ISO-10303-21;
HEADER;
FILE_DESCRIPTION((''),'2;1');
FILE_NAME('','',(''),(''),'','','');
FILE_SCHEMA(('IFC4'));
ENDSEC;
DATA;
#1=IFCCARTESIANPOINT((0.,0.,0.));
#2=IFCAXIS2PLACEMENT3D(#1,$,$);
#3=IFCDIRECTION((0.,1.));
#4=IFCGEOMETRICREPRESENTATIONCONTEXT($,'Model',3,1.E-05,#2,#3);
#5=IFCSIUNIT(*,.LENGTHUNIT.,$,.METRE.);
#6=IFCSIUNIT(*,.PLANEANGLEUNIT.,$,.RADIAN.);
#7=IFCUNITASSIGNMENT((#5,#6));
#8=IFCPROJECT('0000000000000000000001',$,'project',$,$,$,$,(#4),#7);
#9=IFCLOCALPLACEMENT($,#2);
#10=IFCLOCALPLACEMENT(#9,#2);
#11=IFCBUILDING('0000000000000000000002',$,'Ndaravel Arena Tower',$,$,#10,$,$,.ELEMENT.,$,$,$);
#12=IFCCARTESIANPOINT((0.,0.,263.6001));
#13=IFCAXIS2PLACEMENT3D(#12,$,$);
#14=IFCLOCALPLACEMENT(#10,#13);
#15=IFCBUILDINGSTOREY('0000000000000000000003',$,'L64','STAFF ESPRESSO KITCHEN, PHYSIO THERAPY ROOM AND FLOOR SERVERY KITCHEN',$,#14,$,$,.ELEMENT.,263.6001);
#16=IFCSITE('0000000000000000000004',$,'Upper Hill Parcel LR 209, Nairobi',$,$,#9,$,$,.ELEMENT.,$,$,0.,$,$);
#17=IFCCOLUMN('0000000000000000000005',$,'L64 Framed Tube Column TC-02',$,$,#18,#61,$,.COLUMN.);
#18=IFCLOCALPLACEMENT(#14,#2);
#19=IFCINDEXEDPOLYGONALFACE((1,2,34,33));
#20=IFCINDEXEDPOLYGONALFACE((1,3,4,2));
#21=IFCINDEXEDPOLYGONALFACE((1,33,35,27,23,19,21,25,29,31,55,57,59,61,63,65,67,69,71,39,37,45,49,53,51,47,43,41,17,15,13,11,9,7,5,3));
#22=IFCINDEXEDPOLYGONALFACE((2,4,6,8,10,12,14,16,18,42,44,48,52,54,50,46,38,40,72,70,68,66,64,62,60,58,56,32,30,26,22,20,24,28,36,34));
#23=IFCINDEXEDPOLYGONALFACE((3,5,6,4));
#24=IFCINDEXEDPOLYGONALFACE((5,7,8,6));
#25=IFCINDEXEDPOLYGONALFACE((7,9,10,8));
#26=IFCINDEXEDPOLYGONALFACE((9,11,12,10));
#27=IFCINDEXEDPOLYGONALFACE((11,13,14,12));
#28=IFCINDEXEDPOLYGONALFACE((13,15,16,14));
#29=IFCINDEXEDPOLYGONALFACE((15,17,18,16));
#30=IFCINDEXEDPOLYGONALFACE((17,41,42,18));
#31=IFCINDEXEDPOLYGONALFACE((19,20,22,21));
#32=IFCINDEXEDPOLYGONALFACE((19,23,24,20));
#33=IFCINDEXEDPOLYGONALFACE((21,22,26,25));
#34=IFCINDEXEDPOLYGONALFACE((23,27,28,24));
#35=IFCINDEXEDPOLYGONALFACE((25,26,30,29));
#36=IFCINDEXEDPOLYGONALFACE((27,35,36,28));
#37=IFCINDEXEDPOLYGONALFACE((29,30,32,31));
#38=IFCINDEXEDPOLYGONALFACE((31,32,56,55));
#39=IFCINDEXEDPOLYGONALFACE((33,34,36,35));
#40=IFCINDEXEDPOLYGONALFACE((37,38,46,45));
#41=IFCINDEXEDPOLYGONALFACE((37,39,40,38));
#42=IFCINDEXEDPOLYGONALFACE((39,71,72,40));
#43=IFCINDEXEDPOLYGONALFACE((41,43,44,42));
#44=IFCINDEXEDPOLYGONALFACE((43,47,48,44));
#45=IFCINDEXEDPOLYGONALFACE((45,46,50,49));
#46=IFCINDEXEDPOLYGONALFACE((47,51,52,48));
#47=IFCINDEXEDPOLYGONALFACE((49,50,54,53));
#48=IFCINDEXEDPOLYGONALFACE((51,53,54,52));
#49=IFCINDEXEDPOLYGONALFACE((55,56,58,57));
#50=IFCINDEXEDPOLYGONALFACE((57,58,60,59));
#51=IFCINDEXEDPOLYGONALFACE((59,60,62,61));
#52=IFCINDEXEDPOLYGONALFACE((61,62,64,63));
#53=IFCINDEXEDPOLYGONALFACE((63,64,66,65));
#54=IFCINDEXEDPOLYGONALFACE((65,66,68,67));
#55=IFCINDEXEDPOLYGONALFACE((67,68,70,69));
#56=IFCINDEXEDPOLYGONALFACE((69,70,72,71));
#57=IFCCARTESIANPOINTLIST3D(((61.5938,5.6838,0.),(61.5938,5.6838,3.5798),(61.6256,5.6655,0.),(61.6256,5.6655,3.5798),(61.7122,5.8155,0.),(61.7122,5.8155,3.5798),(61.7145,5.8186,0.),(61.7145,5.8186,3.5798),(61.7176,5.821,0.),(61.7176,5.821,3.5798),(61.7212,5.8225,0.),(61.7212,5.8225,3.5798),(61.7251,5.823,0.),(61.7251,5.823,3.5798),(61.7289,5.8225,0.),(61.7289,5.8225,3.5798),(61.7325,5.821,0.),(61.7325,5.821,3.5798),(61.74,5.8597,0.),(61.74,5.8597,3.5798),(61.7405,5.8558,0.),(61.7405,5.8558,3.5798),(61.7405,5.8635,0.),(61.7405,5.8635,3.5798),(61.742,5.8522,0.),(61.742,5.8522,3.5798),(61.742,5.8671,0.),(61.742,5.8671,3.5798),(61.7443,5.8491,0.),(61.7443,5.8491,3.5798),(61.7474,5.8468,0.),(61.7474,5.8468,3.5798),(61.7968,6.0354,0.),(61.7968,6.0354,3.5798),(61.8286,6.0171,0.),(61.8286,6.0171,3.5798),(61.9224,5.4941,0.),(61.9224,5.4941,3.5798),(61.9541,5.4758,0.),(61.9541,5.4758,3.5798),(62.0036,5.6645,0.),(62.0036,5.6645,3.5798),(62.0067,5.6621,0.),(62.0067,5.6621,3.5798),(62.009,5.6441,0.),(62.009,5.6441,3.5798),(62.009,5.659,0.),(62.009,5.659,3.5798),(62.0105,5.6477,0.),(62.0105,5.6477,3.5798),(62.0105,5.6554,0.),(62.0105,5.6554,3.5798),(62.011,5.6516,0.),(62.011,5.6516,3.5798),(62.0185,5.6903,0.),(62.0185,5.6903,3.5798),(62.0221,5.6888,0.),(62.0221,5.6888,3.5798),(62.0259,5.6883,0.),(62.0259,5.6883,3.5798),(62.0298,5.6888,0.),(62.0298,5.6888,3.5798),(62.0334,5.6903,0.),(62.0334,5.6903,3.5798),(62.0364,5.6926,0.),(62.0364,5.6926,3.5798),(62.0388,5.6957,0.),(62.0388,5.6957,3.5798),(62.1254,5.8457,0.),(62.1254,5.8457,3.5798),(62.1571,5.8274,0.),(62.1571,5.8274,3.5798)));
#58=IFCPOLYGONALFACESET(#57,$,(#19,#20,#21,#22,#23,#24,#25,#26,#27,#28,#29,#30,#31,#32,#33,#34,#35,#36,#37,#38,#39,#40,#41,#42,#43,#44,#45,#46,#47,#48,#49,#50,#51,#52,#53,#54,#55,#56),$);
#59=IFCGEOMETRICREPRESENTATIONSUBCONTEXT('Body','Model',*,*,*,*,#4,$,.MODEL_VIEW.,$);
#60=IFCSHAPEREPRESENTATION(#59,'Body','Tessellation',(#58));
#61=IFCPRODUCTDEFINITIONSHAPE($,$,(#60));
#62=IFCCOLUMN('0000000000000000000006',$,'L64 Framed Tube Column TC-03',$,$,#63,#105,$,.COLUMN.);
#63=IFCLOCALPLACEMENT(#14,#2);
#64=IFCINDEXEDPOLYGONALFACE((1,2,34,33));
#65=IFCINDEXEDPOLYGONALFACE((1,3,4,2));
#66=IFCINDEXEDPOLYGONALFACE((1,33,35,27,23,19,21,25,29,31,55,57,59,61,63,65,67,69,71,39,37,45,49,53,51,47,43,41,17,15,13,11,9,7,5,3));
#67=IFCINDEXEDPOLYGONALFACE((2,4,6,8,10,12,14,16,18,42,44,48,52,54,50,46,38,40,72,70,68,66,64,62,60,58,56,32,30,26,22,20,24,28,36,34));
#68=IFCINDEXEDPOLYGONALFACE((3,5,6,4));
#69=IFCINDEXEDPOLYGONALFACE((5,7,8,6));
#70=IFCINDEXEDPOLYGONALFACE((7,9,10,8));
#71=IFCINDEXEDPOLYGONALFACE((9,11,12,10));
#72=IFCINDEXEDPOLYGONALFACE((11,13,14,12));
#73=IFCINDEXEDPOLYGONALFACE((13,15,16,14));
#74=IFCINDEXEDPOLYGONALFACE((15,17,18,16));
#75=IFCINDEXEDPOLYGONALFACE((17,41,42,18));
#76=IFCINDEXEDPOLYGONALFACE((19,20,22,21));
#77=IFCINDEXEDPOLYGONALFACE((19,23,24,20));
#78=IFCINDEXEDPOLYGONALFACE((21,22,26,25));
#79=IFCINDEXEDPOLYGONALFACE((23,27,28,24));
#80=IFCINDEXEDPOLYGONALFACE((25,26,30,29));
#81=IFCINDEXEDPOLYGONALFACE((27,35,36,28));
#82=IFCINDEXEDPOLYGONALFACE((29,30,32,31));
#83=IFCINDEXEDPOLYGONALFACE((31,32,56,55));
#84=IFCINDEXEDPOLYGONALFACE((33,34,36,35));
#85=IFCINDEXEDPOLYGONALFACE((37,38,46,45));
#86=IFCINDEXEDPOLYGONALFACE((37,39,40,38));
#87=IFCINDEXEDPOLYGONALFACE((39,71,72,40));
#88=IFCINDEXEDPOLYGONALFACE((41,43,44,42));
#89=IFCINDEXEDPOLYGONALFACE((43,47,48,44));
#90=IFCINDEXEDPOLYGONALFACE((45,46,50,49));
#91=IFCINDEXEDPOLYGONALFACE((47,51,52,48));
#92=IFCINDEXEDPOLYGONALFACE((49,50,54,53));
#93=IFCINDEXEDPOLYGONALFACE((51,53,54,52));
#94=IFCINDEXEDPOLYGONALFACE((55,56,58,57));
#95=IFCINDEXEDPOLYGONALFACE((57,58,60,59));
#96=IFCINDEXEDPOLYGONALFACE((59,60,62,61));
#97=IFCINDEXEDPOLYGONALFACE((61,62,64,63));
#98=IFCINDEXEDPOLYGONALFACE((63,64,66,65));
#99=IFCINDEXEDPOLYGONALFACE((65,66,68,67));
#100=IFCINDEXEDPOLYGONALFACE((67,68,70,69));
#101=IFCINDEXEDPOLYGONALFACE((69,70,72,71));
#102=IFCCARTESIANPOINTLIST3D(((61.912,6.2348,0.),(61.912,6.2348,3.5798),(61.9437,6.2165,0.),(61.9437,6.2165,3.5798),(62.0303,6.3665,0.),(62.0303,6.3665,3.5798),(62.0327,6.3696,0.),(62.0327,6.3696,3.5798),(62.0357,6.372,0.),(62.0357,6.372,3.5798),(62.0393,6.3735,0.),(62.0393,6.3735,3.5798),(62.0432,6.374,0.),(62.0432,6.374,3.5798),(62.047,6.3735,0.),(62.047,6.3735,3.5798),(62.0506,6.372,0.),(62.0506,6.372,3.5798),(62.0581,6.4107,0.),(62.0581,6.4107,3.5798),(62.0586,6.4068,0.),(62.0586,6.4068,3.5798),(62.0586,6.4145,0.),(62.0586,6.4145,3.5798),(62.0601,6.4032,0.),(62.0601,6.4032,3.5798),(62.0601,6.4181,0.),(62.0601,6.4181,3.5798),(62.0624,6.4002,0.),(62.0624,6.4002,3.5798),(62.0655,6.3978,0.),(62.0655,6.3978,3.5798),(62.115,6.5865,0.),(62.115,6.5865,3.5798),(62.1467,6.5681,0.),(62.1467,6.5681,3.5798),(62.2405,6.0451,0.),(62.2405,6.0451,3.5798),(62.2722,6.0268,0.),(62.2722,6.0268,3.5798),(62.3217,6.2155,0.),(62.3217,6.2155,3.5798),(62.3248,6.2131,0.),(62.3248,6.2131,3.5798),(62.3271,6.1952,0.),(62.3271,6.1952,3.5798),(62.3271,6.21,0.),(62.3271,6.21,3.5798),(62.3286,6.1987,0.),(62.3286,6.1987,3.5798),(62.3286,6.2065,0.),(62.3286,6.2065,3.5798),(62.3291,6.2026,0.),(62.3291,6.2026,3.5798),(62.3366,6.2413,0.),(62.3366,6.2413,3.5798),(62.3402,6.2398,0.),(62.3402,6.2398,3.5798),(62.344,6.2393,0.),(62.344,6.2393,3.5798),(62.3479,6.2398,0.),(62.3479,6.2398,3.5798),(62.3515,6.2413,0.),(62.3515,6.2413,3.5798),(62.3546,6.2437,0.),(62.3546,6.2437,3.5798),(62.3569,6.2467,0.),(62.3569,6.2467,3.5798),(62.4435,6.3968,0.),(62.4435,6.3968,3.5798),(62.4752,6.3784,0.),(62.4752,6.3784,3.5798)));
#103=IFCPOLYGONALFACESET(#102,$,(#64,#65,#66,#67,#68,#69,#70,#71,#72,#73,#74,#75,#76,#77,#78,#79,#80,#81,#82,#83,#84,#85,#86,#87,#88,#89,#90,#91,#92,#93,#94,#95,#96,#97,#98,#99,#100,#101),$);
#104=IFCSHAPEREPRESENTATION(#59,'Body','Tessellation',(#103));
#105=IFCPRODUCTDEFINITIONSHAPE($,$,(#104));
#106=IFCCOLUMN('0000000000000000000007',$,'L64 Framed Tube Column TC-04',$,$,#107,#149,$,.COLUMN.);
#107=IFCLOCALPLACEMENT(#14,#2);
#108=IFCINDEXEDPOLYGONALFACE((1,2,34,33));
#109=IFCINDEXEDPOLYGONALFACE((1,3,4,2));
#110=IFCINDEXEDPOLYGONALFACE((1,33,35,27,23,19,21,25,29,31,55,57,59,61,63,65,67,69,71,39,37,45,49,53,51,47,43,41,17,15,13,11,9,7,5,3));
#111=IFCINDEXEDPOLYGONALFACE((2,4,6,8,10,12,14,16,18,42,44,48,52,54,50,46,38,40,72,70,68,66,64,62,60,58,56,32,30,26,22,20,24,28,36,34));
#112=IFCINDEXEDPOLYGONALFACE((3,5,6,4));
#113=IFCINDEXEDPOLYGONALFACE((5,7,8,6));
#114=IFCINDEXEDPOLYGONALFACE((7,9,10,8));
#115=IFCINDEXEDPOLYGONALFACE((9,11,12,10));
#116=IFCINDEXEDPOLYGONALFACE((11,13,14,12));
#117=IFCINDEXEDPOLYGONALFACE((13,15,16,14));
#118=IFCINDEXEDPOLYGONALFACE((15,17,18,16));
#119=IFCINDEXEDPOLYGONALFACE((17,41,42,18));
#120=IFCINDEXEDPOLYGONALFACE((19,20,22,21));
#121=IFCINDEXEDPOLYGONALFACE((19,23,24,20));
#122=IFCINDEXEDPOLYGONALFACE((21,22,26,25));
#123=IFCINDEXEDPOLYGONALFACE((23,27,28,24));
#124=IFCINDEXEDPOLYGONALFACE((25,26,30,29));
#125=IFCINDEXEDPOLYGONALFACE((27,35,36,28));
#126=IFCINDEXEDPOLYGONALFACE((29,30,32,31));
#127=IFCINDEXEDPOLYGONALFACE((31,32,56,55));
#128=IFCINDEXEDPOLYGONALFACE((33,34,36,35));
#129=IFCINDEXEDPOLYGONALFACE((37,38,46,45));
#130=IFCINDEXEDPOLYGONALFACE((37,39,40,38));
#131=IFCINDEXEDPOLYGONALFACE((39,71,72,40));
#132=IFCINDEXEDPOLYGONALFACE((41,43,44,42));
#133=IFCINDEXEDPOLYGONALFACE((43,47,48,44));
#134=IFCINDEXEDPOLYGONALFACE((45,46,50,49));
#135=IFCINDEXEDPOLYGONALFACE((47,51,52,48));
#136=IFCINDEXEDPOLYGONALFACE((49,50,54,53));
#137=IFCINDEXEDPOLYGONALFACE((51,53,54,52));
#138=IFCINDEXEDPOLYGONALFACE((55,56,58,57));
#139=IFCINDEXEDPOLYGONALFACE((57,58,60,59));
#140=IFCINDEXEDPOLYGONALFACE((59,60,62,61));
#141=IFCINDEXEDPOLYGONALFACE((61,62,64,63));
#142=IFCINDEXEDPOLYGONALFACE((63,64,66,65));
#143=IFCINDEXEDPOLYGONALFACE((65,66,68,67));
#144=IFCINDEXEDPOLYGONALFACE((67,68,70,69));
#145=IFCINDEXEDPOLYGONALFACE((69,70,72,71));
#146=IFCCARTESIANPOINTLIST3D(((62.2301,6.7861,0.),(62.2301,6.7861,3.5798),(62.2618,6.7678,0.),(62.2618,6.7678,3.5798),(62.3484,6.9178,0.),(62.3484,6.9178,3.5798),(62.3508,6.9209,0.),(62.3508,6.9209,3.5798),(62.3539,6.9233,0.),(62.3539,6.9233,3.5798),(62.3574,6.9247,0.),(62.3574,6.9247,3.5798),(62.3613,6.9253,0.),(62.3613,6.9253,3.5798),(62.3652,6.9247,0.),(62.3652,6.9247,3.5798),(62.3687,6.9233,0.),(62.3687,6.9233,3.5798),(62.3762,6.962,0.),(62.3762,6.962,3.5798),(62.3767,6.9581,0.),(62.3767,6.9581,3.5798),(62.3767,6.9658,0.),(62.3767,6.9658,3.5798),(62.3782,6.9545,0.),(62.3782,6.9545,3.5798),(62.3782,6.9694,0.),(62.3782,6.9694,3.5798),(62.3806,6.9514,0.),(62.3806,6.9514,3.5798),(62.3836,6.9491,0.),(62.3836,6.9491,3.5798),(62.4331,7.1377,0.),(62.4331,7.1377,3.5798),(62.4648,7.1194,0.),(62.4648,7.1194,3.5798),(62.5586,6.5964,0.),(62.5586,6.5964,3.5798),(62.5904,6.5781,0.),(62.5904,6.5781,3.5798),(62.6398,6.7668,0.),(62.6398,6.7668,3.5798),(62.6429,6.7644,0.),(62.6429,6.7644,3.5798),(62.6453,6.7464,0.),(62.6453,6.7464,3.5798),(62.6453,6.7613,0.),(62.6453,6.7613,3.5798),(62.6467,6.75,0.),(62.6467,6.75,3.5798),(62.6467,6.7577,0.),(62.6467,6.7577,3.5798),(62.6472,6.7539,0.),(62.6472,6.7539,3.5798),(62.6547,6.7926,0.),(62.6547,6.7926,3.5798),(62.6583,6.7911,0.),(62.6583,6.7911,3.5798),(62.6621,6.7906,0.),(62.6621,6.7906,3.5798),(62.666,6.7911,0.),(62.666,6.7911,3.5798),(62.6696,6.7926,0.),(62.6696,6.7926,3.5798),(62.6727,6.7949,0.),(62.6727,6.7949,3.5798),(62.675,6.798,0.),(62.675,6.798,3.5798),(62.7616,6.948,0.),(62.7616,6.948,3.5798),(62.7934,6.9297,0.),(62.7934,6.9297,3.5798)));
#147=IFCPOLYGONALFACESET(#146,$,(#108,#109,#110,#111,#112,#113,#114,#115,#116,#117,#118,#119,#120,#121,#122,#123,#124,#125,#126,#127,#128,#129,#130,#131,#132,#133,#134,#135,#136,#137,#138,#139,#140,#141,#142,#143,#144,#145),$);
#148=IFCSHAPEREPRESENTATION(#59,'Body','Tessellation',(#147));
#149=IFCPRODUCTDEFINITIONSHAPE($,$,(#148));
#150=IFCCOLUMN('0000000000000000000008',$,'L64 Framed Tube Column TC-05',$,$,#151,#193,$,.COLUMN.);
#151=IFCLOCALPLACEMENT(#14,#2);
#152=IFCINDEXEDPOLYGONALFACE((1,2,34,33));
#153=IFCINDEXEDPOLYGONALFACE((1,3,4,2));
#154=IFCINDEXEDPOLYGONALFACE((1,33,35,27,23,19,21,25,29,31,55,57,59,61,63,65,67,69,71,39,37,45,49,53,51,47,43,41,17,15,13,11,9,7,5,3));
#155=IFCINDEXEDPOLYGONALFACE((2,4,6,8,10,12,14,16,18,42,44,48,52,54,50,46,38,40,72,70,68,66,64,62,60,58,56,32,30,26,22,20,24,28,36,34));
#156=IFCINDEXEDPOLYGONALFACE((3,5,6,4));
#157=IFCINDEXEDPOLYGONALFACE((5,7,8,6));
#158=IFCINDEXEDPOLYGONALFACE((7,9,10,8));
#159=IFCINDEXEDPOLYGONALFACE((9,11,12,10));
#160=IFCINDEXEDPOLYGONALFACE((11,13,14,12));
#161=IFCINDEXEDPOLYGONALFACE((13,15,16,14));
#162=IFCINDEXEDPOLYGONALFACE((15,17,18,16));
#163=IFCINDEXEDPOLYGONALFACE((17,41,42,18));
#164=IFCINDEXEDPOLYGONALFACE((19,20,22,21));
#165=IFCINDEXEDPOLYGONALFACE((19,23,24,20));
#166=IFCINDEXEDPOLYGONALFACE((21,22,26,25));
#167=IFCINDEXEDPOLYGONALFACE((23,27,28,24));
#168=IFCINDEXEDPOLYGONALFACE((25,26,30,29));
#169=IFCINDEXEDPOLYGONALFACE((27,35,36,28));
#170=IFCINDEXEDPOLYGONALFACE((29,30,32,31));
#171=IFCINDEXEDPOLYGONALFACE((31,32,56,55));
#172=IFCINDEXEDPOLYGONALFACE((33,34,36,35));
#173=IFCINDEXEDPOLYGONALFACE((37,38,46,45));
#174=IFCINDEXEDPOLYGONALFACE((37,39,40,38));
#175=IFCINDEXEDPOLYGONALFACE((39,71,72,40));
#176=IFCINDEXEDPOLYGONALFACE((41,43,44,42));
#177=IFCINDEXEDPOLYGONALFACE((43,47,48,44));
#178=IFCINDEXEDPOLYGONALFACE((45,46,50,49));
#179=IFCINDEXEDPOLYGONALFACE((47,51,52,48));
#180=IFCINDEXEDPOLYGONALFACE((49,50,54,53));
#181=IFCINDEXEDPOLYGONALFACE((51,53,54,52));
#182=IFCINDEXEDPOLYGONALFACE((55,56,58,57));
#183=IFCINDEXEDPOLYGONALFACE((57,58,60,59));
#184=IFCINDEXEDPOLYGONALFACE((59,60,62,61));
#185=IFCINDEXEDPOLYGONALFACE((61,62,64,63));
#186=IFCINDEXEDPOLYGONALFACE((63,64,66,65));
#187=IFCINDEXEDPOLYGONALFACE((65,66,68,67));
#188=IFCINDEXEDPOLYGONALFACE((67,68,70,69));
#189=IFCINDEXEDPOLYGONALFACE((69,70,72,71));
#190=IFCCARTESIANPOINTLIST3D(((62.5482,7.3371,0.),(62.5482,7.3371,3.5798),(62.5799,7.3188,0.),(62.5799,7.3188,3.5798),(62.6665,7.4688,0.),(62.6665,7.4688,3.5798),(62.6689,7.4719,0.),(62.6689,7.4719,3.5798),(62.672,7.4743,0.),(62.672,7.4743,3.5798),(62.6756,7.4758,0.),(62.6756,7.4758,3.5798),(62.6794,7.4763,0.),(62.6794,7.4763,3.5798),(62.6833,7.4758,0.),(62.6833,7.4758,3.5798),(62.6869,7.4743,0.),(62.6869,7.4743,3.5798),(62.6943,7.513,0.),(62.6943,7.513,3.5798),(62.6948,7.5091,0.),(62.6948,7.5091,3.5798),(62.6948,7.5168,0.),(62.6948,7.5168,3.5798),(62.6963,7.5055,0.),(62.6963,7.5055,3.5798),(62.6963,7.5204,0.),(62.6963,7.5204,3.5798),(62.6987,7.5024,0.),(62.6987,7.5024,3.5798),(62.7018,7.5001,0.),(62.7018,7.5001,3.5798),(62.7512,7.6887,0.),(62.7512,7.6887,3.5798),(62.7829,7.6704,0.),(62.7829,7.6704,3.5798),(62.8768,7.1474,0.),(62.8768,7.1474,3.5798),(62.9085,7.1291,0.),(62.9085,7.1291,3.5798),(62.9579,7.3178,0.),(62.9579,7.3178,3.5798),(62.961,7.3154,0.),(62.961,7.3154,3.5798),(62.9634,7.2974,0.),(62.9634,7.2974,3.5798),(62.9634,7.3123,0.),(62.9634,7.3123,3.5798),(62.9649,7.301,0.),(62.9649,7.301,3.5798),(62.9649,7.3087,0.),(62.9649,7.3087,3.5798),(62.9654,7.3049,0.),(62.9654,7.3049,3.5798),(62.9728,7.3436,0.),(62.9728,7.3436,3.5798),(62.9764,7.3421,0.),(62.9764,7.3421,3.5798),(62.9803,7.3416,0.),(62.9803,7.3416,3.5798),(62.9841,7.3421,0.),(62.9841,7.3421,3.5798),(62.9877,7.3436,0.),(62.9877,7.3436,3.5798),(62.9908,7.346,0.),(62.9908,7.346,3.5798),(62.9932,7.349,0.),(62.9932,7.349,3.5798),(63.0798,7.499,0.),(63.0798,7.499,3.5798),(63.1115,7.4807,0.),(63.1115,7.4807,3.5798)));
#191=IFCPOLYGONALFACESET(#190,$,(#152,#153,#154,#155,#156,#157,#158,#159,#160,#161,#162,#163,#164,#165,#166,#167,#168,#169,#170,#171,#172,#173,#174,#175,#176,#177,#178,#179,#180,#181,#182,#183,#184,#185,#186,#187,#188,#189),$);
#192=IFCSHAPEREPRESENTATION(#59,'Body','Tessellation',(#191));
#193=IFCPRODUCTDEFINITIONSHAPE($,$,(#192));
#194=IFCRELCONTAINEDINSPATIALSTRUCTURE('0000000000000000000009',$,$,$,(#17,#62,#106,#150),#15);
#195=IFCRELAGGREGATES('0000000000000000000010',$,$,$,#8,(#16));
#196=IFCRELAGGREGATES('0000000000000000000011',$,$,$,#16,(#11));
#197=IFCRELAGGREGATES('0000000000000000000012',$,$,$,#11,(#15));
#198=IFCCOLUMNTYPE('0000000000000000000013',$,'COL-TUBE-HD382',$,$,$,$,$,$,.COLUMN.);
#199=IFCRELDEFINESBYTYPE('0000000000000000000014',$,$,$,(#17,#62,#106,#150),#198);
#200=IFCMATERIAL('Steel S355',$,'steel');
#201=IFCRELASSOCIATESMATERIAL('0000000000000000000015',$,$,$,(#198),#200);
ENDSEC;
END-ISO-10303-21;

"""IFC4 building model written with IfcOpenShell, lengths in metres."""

from ifc_helpers import new_model, si_unit, direction, frame, origin, origin_2d, place, context, subcontext, project, spatial, i_section, extrude, material, material_profile, profile_set, type_object, element, save


model = new_model("IFC4")

# Units and contexts
model_context = context("Model", 3, precision=1e-05, world=origin(), true_north=direction((0.0, 1.0)))
body_context = subcontext(model_context, "Body", "Model", "MODEL_VIEW")
ifc_project = project(units=[si_unit("LENGTHUNIT", "METRE"), si_unit("PLANEANGLEUNIT", "RADIAN")], contexts=[model_context])

# Site, building, storey
site_placement = place(None, origin())
site = spatial("IfcSite", under=ifc_project, at=site_placement, Name="Upper Hill Parcel LR 209, Nairobi", CompositionType="ELEMENT", RefElevation=0.0)
building_placement = place(site_placement, origin())
building = spatial("IfcBuilding", under=site, at=building_placement, Name="Ndaravel Arena Tower", CompositionType="ELEMENT")
storey_placement = place(building_placement, frame((0.0, 0.0, 263.6001)))
storey = spatial("IfcBuildingStorey", under=building, at=storey_placement, Name="L64", Description="STAFF ESPRESSO KITCHEN, PHYSIO THERAPY ROOM AND FLOOR SERVERY KITCHEN", CompositionType="ELEMENT", Elevation=263.6001)

# Columns
ifc_material_1 = material(Name="Steel S355", Category="steel")
ifc_material_profile_1 = material_profile(ifc_material_1, i_section(OverallWidth=0.406, OverallDepth=0.416, WebThickness=0.0298, FlangeThickness=0.0366, FilletRadius=0.0149, at=origin_2d()), Name="HD 400x382")
ifc_profile_set_1 = profile_set([ifc_material_profile_1], Name="Steel S355")
column_type = type_object("IfcColumnType", Name="COL-TUBE-HD382", PredefinedType="COLUMN", material=ifc_profile_set_1)
for number, where, z_axis, x_axis, name in (
    (1, (61.8755, 5.7556, 0.0), (0.0, 0.0, 1.0), (0.5, 0.866025, 0.0), "L64 Framed Tube Column TC-02"),
    (2, (62.1936, 6.3066, 0.0), (0.0, 0.0, 1.0), (0.5, 0.866025, 0.0), "L64 Framed Tube Column TC-03"),
    (3, (62.5117, 6.8579, 0.0), (0.0, 0.0, 1.0), (0.5, 0.866025, 0.0), "L64 Framed Tube Column TC-04"),
    (4, (62.8298, 7.4089, 0.0), (0.0, 0.0, 1.0), (0.5, 0.866025, 0.0), "L64 Framed Tube Column TC-05"),
):
    element("IfcColumn", number, at=place(storey_placement, frame(where, z_axis=z_axis, x_axis=x_axis)), inside=storey, type_object=column_type, Name=name, PredefinedType="COLUMN", context=body_context, shape_type="SweptSolid", body=[
        extrude(i_section(OverallWidth=0.406, OverallDepth=0.416, WebThickness=0.0298, FlangeThickness=0.0366, FilletRadius=0.0149, at=origin_2d()), origin(), (0.0, 0.0, 1.0), 3.5798),
    ])

save(model, "model.ifc")
